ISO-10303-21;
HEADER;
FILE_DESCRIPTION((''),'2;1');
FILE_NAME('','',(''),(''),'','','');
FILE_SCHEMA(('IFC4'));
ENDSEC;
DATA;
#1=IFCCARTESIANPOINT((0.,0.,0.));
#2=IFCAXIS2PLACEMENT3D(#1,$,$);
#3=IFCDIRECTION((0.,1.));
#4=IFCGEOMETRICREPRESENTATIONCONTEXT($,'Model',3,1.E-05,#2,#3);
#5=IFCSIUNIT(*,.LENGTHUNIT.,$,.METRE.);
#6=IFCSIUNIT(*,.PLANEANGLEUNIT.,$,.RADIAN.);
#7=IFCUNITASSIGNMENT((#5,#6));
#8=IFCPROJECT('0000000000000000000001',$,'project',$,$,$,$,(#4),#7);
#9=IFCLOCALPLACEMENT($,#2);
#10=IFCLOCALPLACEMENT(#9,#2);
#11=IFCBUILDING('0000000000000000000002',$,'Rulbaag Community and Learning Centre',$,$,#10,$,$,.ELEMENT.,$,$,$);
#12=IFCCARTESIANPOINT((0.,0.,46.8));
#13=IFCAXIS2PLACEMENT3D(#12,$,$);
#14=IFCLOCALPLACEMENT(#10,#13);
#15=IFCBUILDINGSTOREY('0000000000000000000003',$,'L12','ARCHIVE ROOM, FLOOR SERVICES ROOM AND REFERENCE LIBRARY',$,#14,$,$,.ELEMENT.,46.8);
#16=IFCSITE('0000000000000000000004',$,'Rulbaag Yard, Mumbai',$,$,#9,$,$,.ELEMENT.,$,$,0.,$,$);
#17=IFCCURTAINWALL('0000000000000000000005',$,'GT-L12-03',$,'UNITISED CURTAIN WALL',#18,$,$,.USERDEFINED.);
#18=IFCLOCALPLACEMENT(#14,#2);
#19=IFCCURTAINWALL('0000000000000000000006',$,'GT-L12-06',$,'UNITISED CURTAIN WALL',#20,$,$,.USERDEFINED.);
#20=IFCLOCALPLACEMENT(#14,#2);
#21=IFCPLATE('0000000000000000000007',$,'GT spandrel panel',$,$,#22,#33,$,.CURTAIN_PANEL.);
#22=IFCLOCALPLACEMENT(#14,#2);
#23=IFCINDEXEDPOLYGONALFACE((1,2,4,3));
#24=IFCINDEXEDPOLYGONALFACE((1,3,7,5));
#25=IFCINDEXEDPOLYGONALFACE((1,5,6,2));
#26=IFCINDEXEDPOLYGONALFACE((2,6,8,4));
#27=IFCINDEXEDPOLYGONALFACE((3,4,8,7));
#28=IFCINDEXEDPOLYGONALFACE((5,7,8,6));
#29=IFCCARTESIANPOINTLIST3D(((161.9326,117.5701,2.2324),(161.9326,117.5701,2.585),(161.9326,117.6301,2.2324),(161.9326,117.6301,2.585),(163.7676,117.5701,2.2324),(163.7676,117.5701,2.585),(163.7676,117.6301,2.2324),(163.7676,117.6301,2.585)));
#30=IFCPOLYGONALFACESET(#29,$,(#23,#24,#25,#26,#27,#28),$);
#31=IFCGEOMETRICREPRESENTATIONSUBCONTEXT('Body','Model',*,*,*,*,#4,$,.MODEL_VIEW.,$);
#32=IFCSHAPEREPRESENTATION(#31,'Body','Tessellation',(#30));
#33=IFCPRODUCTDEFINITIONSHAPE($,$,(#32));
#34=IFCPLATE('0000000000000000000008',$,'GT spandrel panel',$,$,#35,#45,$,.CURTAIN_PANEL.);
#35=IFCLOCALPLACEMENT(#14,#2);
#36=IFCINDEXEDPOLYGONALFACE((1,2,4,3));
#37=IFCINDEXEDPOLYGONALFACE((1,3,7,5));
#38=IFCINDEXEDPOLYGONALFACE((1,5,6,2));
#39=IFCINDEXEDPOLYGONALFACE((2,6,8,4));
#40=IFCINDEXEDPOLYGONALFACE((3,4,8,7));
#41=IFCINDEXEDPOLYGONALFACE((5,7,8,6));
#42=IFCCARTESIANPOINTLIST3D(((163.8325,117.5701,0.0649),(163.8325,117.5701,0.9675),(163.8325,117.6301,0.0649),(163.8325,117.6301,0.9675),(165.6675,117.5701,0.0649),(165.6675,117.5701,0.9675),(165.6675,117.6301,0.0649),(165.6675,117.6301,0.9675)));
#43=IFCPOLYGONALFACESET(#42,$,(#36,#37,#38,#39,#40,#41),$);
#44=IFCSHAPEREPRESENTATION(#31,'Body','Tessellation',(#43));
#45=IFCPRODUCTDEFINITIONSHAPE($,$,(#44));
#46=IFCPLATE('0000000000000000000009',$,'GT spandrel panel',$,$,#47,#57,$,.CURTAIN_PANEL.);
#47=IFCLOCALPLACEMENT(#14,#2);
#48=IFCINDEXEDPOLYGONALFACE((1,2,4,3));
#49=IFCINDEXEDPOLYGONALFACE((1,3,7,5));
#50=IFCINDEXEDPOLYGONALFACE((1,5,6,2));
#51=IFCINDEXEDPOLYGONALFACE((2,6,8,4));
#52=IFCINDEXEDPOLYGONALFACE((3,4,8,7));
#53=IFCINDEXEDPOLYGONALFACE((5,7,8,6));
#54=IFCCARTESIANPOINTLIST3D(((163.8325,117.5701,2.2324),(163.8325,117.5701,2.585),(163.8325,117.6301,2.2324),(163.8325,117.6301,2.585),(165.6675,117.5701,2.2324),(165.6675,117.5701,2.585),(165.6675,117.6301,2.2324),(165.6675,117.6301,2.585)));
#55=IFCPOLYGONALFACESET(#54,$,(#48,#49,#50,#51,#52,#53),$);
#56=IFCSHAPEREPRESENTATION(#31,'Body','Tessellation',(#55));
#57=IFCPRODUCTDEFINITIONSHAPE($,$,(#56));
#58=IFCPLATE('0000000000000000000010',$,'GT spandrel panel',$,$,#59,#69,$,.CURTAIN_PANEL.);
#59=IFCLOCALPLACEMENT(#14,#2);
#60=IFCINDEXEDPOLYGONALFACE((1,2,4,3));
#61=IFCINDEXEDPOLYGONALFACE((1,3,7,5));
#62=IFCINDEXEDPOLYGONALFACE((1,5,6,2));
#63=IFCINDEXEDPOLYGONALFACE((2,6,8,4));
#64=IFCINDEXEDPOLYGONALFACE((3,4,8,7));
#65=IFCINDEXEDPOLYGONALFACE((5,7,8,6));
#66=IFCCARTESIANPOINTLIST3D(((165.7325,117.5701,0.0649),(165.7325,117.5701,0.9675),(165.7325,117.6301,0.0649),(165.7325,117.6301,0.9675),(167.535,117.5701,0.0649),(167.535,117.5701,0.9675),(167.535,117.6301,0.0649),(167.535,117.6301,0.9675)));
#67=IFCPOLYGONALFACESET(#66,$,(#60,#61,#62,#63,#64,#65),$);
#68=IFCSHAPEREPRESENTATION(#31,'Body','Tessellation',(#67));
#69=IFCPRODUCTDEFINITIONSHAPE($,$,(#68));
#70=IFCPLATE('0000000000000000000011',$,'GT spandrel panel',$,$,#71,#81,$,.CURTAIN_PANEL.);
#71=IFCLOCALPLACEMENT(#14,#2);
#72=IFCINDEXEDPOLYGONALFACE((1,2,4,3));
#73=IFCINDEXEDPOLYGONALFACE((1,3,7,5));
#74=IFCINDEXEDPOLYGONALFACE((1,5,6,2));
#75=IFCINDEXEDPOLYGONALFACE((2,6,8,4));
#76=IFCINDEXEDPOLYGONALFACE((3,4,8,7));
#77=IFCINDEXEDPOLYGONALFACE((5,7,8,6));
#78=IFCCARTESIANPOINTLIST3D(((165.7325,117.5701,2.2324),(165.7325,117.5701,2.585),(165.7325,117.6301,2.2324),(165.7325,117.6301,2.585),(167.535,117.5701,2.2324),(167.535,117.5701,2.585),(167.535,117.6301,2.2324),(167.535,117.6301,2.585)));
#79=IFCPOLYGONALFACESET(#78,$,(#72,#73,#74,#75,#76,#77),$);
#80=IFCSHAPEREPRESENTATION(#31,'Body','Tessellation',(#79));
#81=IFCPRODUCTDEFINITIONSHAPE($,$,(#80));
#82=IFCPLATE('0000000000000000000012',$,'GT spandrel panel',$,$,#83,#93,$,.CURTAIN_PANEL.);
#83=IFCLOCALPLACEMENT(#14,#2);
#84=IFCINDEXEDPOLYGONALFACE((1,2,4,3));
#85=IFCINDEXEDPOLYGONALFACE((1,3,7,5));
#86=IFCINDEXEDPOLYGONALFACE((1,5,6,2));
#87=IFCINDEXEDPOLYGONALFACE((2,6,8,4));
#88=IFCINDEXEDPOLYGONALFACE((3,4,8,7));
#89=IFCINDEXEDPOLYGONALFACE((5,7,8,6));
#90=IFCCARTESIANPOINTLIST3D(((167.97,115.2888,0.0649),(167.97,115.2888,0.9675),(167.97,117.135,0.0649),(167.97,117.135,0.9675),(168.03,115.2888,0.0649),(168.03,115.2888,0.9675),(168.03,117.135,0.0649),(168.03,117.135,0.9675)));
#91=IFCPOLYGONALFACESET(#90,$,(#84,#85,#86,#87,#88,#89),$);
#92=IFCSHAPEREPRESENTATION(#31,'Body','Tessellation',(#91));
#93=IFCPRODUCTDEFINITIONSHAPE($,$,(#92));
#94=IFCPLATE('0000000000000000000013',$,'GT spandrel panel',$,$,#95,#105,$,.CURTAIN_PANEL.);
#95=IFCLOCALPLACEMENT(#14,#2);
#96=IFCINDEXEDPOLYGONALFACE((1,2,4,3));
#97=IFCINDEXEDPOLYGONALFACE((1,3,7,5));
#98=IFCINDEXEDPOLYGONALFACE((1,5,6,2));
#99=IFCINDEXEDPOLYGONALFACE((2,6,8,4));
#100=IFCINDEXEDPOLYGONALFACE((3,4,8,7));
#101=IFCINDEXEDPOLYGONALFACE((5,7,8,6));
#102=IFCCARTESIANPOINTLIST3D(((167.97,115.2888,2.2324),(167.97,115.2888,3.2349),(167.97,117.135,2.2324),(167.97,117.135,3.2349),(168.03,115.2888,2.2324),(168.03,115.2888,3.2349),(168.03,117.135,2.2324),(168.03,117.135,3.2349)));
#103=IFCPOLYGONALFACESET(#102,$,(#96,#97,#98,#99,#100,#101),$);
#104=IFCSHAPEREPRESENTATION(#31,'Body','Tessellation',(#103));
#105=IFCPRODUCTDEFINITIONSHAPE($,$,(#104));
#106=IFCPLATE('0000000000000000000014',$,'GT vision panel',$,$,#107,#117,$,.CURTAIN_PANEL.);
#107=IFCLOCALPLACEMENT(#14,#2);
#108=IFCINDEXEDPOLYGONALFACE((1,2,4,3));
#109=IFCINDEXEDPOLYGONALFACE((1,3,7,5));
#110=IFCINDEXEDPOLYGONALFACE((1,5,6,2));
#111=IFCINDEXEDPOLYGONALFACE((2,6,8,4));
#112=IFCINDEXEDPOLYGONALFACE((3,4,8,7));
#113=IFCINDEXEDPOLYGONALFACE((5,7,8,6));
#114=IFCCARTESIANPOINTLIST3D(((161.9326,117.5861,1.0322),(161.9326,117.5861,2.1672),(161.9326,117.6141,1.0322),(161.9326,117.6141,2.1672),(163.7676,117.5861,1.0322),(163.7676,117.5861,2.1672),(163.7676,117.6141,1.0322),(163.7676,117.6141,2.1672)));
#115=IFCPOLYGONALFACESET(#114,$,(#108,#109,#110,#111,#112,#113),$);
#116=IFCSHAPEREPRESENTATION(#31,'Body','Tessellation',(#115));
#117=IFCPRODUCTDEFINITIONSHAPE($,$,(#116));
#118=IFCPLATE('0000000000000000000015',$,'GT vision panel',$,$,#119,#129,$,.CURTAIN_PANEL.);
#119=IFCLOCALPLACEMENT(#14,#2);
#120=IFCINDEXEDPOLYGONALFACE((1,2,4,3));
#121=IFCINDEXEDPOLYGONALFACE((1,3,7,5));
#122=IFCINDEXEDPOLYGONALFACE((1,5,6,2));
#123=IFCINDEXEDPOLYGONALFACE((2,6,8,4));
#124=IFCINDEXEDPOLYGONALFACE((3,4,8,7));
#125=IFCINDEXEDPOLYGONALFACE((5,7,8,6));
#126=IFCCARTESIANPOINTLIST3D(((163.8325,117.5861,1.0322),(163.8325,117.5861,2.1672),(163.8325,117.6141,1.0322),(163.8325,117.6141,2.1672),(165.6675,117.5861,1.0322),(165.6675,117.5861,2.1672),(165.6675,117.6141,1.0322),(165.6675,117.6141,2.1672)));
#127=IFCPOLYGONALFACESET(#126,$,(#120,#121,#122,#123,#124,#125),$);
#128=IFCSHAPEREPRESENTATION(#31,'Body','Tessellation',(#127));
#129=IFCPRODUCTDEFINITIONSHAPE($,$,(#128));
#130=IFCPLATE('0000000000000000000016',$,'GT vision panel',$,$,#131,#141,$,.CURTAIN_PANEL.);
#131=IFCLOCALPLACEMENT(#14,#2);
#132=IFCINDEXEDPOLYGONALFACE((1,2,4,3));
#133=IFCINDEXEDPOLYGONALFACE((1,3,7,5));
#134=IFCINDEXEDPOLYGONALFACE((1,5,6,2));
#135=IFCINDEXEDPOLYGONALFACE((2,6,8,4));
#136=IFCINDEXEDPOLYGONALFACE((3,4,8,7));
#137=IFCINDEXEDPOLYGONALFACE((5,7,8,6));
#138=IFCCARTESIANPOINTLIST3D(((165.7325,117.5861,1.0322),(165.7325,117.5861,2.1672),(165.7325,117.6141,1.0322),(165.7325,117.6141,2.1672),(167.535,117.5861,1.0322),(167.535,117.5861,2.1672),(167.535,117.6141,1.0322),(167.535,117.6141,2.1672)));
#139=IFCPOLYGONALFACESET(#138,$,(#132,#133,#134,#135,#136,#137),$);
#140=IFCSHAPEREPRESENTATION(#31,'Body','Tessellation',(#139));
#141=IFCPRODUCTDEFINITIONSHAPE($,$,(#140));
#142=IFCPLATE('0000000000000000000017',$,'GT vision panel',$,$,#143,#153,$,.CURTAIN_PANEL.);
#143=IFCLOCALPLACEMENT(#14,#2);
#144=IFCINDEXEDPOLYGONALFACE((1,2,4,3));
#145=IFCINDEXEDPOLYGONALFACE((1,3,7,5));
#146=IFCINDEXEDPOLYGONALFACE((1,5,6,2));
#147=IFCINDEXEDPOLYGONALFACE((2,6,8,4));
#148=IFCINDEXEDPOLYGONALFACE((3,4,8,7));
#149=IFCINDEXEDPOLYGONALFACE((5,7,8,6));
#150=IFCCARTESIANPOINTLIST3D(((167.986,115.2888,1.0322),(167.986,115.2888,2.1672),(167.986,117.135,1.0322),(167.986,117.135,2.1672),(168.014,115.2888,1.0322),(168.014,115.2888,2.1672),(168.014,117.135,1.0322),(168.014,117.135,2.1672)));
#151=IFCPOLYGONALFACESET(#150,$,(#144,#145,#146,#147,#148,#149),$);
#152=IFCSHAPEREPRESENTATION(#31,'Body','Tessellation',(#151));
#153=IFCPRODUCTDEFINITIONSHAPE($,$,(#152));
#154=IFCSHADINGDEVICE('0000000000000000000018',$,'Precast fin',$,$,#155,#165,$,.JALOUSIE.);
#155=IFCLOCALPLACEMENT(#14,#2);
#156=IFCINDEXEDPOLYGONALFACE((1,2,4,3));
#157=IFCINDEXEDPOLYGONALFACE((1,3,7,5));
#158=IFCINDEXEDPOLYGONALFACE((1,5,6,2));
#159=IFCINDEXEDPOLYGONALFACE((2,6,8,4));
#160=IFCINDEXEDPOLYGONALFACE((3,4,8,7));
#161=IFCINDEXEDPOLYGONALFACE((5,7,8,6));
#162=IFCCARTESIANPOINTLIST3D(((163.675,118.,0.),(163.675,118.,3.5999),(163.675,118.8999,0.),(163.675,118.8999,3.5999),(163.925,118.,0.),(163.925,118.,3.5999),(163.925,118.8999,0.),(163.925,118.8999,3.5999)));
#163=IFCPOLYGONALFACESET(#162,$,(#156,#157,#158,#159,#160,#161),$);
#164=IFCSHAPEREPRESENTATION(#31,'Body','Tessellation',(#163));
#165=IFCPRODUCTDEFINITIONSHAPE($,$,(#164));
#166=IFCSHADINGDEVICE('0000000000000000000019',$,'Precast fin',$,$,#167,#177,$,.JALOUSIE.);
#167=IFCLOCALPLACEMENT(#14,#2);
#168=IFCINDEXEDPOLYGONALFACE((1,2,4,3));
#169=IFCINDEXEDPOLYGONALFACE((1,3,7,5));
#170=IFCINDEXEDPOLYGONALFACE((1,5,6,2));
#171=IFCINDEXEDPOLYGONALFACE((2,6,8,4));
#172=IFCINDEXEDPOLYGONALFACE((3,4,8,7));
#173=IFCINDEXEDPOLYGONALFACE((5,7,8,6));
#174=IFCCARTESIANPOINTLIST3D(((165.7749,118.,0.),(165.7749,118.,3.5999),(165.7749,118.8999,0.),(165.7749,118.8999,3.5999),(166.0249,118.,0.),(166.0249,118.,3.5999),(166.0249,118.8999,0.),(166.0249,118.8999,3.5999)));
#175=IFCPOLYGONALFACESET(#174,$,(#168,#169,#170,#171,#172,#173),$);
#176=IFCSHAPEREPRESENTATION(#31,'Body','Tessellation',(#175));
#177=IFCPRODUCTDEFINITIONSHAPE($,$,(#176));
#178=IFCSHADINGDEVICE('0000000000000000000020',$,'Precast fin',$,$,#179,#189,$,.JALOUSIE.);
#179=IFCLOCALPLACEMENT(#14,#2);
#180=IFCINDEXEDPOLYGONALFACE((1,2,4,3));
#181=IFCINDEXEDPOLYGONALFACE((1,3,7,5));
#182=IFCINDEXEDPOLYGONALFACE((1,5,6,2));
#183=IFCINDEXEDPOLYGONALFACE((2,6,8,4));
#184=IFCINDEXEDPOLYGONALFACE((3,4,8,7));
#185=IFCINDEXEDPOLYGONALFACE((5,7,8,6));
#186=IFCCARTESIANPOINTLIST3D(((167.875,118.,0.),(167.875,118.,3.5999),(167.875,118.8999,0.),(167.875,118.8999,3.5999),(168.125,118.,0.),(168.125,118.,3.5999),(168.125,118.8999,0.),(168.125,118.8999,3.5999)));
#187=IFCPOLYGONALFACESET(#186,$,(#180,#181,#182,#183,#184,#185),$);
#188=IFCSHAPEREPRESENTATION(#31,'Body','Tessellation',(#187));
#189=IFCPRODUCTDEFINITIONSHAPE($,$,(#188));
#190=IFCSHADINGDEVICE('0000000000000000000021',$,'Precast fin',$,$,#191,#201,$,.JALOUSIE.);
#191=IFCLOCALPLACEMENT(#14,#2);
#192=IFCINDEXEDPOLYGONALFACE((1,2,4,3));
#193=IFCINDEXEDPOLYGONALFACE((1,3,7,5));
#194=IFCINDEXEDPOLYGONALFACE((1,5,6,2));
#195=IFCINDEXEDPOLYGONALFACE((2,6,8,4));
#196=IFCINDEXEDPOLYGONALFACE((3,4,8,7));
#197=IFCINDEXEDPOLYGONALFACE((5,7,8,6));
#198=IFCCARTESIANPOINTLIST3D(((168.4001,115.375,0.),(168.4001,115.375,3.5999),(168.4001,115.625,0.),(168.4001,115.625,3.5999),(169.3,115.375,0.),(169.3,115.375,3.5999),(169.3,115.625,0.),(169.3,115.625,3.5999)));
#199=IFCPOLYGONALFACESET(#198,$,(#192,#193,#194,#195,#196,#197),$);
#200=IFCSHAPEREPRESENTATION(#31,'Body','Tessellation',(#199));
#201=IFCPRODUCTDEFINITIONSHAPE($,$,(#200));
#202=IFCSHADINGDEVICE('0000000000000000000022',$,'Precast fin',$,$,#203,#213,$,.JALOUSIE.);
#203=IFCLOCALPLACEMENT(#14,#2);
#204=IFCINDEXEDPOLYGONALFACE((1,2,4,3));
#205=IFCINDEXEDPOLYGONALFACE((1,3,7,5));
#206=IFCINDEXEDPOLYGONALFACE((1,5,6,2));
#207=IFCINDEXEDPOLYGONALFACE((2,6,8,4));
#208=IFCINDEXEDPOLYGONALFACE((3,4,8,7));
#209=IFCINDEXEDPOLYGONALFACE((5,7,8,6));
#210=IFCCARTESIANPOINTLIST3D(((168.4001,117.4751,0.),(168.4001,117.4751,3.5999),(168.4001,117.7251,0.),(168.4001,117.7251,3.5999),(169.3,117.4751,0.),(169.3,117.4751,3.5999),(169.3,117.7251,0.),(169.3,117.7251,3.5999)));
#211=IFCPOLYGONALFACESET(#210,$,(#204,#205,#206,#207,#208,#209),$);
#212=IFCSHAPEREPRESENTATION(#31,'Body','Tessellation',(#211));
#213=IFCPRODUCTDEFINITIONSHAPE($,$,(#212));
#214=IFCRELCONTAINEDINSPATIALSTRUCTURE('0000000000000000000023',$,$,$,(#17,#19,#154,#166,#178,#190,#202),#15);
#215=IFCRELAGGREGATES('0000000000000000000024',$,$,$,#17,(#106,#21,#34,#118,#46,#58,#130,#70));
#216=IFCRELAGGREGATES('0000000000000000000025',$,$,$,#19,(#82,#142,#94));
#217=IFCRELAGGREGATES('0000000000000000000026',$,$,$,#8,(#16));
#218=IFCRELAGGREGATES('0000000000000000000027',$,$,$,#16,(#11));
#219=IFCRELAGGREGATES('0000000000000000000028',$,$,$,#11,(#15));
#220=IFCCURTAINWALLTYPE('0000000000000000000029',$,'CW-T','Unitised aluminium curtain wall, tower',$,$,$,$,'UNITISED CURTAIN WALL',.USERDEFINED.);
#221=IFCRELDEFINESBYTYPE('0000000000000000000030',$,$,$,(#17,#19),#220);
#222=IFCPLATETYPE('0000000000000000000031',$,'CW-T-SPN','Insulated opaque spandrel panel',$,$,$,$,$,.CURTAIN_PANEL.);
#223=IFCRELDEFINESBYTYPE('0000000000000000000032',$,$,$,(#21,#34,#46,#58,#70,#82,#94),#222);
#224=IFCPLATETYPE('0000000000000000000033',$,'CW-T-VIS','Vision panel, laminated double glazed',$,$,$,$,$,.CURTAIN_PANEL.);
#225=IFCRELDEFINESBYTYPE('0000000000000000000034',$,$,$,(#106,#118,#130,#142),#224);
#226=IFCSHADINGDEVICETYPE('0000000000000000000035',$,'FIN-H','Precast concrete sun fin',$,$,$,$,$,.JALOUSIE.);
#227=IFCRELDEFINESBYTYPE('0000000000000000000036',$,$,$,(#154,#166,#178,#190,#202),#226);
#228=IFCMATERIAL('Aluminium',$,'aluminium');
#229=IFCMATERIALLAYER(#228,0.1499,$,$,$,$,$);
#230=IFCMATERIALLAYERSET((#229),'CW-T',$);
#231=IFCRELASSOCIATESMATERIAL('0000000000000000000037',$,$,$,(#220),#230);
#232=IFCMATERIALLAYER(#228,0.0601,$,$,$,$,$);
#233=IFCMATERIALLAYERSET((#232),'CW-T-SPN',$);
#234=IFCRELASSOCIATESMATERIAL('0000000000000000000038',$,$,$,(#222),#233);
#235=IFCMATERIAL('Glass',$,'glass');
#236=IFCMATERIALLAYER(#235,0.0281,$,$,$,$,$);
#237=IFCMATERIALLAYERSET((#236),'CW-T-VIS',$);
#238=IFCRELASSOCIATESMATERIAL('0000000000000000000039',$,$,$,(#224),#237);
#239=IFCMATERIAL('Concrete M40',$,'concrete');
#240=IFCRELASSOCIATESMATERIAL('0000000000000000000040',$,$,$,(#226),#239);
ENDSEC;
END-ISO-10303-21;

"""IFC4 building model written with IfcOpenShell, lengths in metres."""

from ifc_helpers import new_model, si_unit, direction, frame, origin, origin_2d, place, context, subcontext, project, spatial, rectangle, extrude, material, layer, layer_set, material_profile, profile_set, type_object, element, aggregate, save


model = new_model("IFC4")

# Units and contexts
model_context = context("Model", 3, precision=1e-05, world=origin(), true_north=direction((0.0, 1.0)))
body_context = subcontext(model_context, "Body", "Model", "MODEL_VIEW")
ifc_project = project(units=[si_unit("LENGTHUNIT", "METRE"), si_unit("PLANEANGLEUNIT", "RADIAN")], contexts=[model_context])

# Site, building, storey
site_placement = place(None, origin())
site = spatial("IfcSite", under=ifc_project, at=site_placement, Name="Rulbaag Yard, Mumbai", CompositionType="ELEMENT", RefElevation=0.0)
building_placement = place(site_placement, origin())
building = spatial("IfcBuilding", under=site, at=building_placement, Name="Rulbaag Community and Learning Centre", CompositionType="ELEMENT")
storey_placement = place(building_placement, frame((0.0, 0.0, 46.8)))
storey = spatial("IfcBuildingStorey", under=building, at=storey_placement, Name="L12", Description="ARCHIVE ROOM, FLOOR SERVICES ROOM AND REFERENCE LIBRARY", CompositionType="ELEMENT", Elevation=46.8)

# Curtain wall
ifc_material_1 = material(Name="Aluminium", Category="aluminium")
ifc_layer_1 = layer(ifc_material_1, 0.1499)
ifc_layer_set_1 = layer_set([ifc_layer_1], Name="CW-T")
curtain_wall_type = type_object("IfcCurtainWallType", Name="CW-T", Description="Unitised aluminium curtain wall, tower", ElementType="UNITISED CURTAIN WALL", PredefinedType="USERDEFINED", material=ifc_layer_set_1)
curtain_wall_1_placement = place(storey_placement, origin())
curtain_wall_1 = element("IfcCurtainWall", 1, at=curtain_wall_1_placement, inside=storey, type_object=curtain_wall_type, Name="GT-L12-03", ObjectType="UNITISED CURTAIN WALL", PredefinedType="USERDEFINED")

# Curtain wall
curtain_wall_2_placement = place(storey_placement, origin())
curtain_wall_2 = element("IfcCurtainWall", 2, at=curtain_wall_2_placement, inside=storey, type_object=curtain_wall_type, Name="GT-L12-06", ObjectType="UNITISED CURTAIN WALL", PredefinedType="USERDEFINED")

# Plates
ifc_layer_2 = layer(ifc_material_1, 0.0601)
ifc_layer_set_2 = layer_set([ifc_layer_2], Name="CW-T-SPN")
plate_type_1 = type_object("IfcPlateType", Name="CW-T-SPN", Description="Insulated opaque spandrel panel", PredefinedType="CURTAIN_PANEL", material=ifc_layer_set_2)
plate_1_placement = place(storey_placement, frame((162.8501, 117.6001, 2.2324), z_axis=(0.0, 0.0, 1.0), x_axis=(1.0, 0.0, 0.0)))
plate_1 = element("IfcPlate", 3, at=plate_1_placement, type_object=plate_type_1, Name="GT spandrel panel", PredefinedType="CURTAIN_PANEL", context=body_context, shape_type="SweptSolid", body=[
    extrude(rectangle(XDim=1.835, YDim=0.0601, at=origin_2d()), origin(), (0.0, 0.0, 1.0), 0.3525),
])
plate_2_placement = place(storey_placement, frame((164.75, 117.6001, 0.0649), z_axis=(0.0, 0.0, 1.0), x_axis=(1.0, 0.0, 0.0)))
plate_2 = element("IfcPlate", 4, at=plate_2_placement, type_object=plate_type_1, Name="GT spandrel panel", PredefinedType="CURTAIN_PANEL", context=body_context, shape_type="SweptSolid", body=[
    extrude(rectangle(XDim=1.835, YDim=0.0601, at=origin_2d()), origin(), (0.0, 0.0, 1.0), 0.9026),
])
plate_3_placement = place(storey_placement, frame((164.75, 117.6001, 2.2324), z_axis=(0.0, 0.0, 1.0), x_axis=(1.0, 0.0, 0.0)))
plate_3 = element("IfcPlate", 5, at=plate_3_placement, type_object=plate_type_1, Name="GT spandrel panel", PredefinedType="CURTAIN_PANEL", context=body_context, shape_type="SweptSolid", body=[
    extrude(rectangle(XDim=1.835, YDim=0.0601, at=origin_2d()), origin(), (0.0, 0.0, 1.0), 0.3525),
])
plate_4_placement = place(storey_placement, frame((166.6338, 117.6001, 0.0649), z_axis=(0.0, 0.0, 1.0), x_axis=(1.0, 0.0, 0.0)))
plate_4 = element("IfcPlate", 6, at=plate_4_placement, type_object=plate_type_1, Name="GT spandrel panel", PredefinedType="CURTAIN_PANEL", context=body_context, shape_type="SweptSolid", body=[
    extrude(rectangle(XDim=1.8025, YDim=0.0601, at=origin_2d()), origin(), (0.0, 0.0, 1.0), 0.9026),
])
plate_5_placement = place(storey_placement, frame((166.6338, 117.6001, 2.2324), z_axis=(0.0, 0.0, 1.0), x_axis=(1.0, 0.0, 0.0)))
plate_5 = element("IfcPlate", 7, at=plate_5_placement, type_object=plate_type_1, Name="GT spandrel panel", PredefinedType="CURTAIN_PANEL", context=body_context, shape_type="SweptSolid", body=[
    extrude(rectangle(XDim=1.8025, YDim=0.0601, at=origin_2d()), origin(), (0.0, 0.0, 1.0), 0.3525),
])
plate_6_placement = place(storey_placement, frame((168.0, 116.2119, 0.0649), z_axis=(0.0, 0.0, 1.0), x_axis=(0.0, 1.0, 0.0)))
plate_6 = element("IfcPlate", 8, at=plate_6_placement, type_object=plate_type_1, Name="GT spandrel panel", PredefinedType="CURTAIN_PANEL", context=body_context, shape_type="SweptSolid", body=[
    extrude(rectangle(XDim=1.8462, YDim=0.0601, at=origin_2d()), origin(), (0.0, 0.0, 1.0), 0.9026),
])
plate_7_placement = place(storey_placement, frame((168.0, 116.2119, 2.2324), z_axis=(0.0, 0.0, 1.0), x_axis=(0.0, 1.0, 0.0)))
plate_7 = element("IfcPlate", 9, at=plate_7_placement, type_object=plate_type_1, Name="GT spandrel panel", PredefinedType="CURTAIN_PANEL", context=body_context, shape_type="SweptSolid", body=[
    extrude(rectangle(XDim=1.8462, YDim=0.0601, at=origin_2d()), origin(), (0.0, 0.0, 1.0), 1.0024),
])
ifc_material_2 = material(Name="Glass", Category="glass")
ifc_layer_3 = layer(ifc_material_2, 0.0281)
ifc_layer_set_3 = layer_set([ifc_layer_3], Name="CW-T-VIS")
plate_type_2 = type_object("IfcPlateType", Name="CW-T-VIS", Description="Vision panel, laminated double glazed", PredefinedType="CURTAIN_PANEL", material=ifc_layer_set_3)
plate_8_placement = place(storey_placement, frame((162.8501, 117.6001, 1.0322), z_axis=(0.0, 0.0, 1.0), x_axis=(1.0, 0.0, 0.0)))
plate_8 = element("IfcPlate", 10, at=plate_8_placement, type_object=plate_type_2, Name="GT vision panel", PredefinedType="CURTAIN_PANEL", context=body_context, shape_type="SweptSolid", body=[
    extrude(rectangle(XDim=1.835, YDim=0.0281, at=origin_2d()), origin(), (0.0, 0.0, 1.0), 1.135),
])
plate_9_placement = place(storey_placement, frame((164.75, 117.6001, 1.0322), z_axis=(0.0, 0.0, 1.0), x_axis=(1.0, 0.0, 0.0)))
plate_9 = element("IfcPlate", 11, at=plate_9_placement, type_object=plate_type_2, Name="GT vision panel", PredefinedType="CURTAIN_PANEL", context=body_context, shape_type="SweptSolid", body=[
    extrude(rectangle(XDim=1.835, YDim=0.0281, at=origin_2d()), origin(), (0.0, 0.0, 1.0), 1.135),
])
plate_10_placement = place(storey_placement, frame((166.6338, 117.6001, 1.0322), z_axis=(0.0, 0.0, 1.0), x_axis=(1.0, 0.0, 0.0)))
plate_10 = element("IfcPlate", 12, at=plate_10_placement, type_object=plate_type_2, Name="GT vision panel", PredefinedType="CURTAIN_PANEL", context=body_context, shape_type="SweptSolid", body=[
    extrude(rectangle(XDim=1.8025, YDim=0.0281, at=origin_2d()), origin(), (0.0, 0.0, 1.0), 1.135),
])
aggregate(curtain_wall_1, [plate_8, plate_1, plate_2, plate_9, plate_3, plate_4, plate_10, plate_5])
plate_11_placement = place(storey_placement, frame((168.0, 116.2119, 1.0322), z_axis=(0.0, 0.0, 1.0), x_axis=(0.0, 1.0, 0.0)))
plate_11 = element("IfcPlate", 13, at=plate_11_placement, type_object=plate_type_2, Name="GT vision panel", PredefinedType="CURTAIN_PANEL", context=body_context, shape_type="SweptSolid", body=[
    extrude(rectangle(XDim=1.8462, YDim=0.0281, at=origin_2d()), origin(), (0.0, 0.0, 1.0), 1.135),
])
aggregate(curtain_wall_2, [plate_6, plate_11, plate_7])

# Shading devices
ifc_material_3 = material(Name="Concrete M40", Category="concrete")
ifc_material_profile_1 = material_profile(ifc_material_3, rectangle(XDim=0.25, YDim=0.8999, at=origin_2d()), Name="PC 250x900")
ifc_profile_set_1 = profile_set([ifc_material_profile_1], Name="Concrete M40")
shading_device_type = type_object("IfcShadingDeviceType", Name="FIN-H", Description="Precast concrete sun fin", PredefinedType="JALOUSIE", material=ifc_profile_set_1)
for number, where, z_axis, x_axis, name in (
    (14, (163.8, 118.45, 0.0), (0.0, 0.0, 1.0), (1.0, 0.0, 0.0), "Precast fin"),
    (15, (165.8999, 118.45, 0.0), (0.0, 0.0, 1.0), (1.0, 0.0, 0.0), "Precast fin"),
    (16, (168.0, 118.45, 0.0), (0.0, 0.0, 1.0), (1.0, 0.0, 0.0), "Precast fin"),
    (17, (168.8501, 115.5, 0.0), (0.0, 0.0, 1.0), (0.0, 1.0, 0.0), "Precast fin"),
    (18, (168.8501, 117.6001, 0.0), (0.0, 0.0, 1.0), (0.0, 1.0, 0.0), "Precast fin"),
):
    element("IfcShadingDevice", number, at=place(storey_placement, frame(where, z_axis=z_axis, x_axis=x_axis)), inside=storey, type_object=shading_device_type, Name=name, PredefinedType="JALOUSIE", context=body_context, shape_type="SweptSolid", body=[
        extrude(rectangle(XDim=0.25, YDim=0.8999, at=origin_2d()), origin(), (0.0, 0.0, 1.0), 3.5999),
    ])

save(model, "model.ifc")
